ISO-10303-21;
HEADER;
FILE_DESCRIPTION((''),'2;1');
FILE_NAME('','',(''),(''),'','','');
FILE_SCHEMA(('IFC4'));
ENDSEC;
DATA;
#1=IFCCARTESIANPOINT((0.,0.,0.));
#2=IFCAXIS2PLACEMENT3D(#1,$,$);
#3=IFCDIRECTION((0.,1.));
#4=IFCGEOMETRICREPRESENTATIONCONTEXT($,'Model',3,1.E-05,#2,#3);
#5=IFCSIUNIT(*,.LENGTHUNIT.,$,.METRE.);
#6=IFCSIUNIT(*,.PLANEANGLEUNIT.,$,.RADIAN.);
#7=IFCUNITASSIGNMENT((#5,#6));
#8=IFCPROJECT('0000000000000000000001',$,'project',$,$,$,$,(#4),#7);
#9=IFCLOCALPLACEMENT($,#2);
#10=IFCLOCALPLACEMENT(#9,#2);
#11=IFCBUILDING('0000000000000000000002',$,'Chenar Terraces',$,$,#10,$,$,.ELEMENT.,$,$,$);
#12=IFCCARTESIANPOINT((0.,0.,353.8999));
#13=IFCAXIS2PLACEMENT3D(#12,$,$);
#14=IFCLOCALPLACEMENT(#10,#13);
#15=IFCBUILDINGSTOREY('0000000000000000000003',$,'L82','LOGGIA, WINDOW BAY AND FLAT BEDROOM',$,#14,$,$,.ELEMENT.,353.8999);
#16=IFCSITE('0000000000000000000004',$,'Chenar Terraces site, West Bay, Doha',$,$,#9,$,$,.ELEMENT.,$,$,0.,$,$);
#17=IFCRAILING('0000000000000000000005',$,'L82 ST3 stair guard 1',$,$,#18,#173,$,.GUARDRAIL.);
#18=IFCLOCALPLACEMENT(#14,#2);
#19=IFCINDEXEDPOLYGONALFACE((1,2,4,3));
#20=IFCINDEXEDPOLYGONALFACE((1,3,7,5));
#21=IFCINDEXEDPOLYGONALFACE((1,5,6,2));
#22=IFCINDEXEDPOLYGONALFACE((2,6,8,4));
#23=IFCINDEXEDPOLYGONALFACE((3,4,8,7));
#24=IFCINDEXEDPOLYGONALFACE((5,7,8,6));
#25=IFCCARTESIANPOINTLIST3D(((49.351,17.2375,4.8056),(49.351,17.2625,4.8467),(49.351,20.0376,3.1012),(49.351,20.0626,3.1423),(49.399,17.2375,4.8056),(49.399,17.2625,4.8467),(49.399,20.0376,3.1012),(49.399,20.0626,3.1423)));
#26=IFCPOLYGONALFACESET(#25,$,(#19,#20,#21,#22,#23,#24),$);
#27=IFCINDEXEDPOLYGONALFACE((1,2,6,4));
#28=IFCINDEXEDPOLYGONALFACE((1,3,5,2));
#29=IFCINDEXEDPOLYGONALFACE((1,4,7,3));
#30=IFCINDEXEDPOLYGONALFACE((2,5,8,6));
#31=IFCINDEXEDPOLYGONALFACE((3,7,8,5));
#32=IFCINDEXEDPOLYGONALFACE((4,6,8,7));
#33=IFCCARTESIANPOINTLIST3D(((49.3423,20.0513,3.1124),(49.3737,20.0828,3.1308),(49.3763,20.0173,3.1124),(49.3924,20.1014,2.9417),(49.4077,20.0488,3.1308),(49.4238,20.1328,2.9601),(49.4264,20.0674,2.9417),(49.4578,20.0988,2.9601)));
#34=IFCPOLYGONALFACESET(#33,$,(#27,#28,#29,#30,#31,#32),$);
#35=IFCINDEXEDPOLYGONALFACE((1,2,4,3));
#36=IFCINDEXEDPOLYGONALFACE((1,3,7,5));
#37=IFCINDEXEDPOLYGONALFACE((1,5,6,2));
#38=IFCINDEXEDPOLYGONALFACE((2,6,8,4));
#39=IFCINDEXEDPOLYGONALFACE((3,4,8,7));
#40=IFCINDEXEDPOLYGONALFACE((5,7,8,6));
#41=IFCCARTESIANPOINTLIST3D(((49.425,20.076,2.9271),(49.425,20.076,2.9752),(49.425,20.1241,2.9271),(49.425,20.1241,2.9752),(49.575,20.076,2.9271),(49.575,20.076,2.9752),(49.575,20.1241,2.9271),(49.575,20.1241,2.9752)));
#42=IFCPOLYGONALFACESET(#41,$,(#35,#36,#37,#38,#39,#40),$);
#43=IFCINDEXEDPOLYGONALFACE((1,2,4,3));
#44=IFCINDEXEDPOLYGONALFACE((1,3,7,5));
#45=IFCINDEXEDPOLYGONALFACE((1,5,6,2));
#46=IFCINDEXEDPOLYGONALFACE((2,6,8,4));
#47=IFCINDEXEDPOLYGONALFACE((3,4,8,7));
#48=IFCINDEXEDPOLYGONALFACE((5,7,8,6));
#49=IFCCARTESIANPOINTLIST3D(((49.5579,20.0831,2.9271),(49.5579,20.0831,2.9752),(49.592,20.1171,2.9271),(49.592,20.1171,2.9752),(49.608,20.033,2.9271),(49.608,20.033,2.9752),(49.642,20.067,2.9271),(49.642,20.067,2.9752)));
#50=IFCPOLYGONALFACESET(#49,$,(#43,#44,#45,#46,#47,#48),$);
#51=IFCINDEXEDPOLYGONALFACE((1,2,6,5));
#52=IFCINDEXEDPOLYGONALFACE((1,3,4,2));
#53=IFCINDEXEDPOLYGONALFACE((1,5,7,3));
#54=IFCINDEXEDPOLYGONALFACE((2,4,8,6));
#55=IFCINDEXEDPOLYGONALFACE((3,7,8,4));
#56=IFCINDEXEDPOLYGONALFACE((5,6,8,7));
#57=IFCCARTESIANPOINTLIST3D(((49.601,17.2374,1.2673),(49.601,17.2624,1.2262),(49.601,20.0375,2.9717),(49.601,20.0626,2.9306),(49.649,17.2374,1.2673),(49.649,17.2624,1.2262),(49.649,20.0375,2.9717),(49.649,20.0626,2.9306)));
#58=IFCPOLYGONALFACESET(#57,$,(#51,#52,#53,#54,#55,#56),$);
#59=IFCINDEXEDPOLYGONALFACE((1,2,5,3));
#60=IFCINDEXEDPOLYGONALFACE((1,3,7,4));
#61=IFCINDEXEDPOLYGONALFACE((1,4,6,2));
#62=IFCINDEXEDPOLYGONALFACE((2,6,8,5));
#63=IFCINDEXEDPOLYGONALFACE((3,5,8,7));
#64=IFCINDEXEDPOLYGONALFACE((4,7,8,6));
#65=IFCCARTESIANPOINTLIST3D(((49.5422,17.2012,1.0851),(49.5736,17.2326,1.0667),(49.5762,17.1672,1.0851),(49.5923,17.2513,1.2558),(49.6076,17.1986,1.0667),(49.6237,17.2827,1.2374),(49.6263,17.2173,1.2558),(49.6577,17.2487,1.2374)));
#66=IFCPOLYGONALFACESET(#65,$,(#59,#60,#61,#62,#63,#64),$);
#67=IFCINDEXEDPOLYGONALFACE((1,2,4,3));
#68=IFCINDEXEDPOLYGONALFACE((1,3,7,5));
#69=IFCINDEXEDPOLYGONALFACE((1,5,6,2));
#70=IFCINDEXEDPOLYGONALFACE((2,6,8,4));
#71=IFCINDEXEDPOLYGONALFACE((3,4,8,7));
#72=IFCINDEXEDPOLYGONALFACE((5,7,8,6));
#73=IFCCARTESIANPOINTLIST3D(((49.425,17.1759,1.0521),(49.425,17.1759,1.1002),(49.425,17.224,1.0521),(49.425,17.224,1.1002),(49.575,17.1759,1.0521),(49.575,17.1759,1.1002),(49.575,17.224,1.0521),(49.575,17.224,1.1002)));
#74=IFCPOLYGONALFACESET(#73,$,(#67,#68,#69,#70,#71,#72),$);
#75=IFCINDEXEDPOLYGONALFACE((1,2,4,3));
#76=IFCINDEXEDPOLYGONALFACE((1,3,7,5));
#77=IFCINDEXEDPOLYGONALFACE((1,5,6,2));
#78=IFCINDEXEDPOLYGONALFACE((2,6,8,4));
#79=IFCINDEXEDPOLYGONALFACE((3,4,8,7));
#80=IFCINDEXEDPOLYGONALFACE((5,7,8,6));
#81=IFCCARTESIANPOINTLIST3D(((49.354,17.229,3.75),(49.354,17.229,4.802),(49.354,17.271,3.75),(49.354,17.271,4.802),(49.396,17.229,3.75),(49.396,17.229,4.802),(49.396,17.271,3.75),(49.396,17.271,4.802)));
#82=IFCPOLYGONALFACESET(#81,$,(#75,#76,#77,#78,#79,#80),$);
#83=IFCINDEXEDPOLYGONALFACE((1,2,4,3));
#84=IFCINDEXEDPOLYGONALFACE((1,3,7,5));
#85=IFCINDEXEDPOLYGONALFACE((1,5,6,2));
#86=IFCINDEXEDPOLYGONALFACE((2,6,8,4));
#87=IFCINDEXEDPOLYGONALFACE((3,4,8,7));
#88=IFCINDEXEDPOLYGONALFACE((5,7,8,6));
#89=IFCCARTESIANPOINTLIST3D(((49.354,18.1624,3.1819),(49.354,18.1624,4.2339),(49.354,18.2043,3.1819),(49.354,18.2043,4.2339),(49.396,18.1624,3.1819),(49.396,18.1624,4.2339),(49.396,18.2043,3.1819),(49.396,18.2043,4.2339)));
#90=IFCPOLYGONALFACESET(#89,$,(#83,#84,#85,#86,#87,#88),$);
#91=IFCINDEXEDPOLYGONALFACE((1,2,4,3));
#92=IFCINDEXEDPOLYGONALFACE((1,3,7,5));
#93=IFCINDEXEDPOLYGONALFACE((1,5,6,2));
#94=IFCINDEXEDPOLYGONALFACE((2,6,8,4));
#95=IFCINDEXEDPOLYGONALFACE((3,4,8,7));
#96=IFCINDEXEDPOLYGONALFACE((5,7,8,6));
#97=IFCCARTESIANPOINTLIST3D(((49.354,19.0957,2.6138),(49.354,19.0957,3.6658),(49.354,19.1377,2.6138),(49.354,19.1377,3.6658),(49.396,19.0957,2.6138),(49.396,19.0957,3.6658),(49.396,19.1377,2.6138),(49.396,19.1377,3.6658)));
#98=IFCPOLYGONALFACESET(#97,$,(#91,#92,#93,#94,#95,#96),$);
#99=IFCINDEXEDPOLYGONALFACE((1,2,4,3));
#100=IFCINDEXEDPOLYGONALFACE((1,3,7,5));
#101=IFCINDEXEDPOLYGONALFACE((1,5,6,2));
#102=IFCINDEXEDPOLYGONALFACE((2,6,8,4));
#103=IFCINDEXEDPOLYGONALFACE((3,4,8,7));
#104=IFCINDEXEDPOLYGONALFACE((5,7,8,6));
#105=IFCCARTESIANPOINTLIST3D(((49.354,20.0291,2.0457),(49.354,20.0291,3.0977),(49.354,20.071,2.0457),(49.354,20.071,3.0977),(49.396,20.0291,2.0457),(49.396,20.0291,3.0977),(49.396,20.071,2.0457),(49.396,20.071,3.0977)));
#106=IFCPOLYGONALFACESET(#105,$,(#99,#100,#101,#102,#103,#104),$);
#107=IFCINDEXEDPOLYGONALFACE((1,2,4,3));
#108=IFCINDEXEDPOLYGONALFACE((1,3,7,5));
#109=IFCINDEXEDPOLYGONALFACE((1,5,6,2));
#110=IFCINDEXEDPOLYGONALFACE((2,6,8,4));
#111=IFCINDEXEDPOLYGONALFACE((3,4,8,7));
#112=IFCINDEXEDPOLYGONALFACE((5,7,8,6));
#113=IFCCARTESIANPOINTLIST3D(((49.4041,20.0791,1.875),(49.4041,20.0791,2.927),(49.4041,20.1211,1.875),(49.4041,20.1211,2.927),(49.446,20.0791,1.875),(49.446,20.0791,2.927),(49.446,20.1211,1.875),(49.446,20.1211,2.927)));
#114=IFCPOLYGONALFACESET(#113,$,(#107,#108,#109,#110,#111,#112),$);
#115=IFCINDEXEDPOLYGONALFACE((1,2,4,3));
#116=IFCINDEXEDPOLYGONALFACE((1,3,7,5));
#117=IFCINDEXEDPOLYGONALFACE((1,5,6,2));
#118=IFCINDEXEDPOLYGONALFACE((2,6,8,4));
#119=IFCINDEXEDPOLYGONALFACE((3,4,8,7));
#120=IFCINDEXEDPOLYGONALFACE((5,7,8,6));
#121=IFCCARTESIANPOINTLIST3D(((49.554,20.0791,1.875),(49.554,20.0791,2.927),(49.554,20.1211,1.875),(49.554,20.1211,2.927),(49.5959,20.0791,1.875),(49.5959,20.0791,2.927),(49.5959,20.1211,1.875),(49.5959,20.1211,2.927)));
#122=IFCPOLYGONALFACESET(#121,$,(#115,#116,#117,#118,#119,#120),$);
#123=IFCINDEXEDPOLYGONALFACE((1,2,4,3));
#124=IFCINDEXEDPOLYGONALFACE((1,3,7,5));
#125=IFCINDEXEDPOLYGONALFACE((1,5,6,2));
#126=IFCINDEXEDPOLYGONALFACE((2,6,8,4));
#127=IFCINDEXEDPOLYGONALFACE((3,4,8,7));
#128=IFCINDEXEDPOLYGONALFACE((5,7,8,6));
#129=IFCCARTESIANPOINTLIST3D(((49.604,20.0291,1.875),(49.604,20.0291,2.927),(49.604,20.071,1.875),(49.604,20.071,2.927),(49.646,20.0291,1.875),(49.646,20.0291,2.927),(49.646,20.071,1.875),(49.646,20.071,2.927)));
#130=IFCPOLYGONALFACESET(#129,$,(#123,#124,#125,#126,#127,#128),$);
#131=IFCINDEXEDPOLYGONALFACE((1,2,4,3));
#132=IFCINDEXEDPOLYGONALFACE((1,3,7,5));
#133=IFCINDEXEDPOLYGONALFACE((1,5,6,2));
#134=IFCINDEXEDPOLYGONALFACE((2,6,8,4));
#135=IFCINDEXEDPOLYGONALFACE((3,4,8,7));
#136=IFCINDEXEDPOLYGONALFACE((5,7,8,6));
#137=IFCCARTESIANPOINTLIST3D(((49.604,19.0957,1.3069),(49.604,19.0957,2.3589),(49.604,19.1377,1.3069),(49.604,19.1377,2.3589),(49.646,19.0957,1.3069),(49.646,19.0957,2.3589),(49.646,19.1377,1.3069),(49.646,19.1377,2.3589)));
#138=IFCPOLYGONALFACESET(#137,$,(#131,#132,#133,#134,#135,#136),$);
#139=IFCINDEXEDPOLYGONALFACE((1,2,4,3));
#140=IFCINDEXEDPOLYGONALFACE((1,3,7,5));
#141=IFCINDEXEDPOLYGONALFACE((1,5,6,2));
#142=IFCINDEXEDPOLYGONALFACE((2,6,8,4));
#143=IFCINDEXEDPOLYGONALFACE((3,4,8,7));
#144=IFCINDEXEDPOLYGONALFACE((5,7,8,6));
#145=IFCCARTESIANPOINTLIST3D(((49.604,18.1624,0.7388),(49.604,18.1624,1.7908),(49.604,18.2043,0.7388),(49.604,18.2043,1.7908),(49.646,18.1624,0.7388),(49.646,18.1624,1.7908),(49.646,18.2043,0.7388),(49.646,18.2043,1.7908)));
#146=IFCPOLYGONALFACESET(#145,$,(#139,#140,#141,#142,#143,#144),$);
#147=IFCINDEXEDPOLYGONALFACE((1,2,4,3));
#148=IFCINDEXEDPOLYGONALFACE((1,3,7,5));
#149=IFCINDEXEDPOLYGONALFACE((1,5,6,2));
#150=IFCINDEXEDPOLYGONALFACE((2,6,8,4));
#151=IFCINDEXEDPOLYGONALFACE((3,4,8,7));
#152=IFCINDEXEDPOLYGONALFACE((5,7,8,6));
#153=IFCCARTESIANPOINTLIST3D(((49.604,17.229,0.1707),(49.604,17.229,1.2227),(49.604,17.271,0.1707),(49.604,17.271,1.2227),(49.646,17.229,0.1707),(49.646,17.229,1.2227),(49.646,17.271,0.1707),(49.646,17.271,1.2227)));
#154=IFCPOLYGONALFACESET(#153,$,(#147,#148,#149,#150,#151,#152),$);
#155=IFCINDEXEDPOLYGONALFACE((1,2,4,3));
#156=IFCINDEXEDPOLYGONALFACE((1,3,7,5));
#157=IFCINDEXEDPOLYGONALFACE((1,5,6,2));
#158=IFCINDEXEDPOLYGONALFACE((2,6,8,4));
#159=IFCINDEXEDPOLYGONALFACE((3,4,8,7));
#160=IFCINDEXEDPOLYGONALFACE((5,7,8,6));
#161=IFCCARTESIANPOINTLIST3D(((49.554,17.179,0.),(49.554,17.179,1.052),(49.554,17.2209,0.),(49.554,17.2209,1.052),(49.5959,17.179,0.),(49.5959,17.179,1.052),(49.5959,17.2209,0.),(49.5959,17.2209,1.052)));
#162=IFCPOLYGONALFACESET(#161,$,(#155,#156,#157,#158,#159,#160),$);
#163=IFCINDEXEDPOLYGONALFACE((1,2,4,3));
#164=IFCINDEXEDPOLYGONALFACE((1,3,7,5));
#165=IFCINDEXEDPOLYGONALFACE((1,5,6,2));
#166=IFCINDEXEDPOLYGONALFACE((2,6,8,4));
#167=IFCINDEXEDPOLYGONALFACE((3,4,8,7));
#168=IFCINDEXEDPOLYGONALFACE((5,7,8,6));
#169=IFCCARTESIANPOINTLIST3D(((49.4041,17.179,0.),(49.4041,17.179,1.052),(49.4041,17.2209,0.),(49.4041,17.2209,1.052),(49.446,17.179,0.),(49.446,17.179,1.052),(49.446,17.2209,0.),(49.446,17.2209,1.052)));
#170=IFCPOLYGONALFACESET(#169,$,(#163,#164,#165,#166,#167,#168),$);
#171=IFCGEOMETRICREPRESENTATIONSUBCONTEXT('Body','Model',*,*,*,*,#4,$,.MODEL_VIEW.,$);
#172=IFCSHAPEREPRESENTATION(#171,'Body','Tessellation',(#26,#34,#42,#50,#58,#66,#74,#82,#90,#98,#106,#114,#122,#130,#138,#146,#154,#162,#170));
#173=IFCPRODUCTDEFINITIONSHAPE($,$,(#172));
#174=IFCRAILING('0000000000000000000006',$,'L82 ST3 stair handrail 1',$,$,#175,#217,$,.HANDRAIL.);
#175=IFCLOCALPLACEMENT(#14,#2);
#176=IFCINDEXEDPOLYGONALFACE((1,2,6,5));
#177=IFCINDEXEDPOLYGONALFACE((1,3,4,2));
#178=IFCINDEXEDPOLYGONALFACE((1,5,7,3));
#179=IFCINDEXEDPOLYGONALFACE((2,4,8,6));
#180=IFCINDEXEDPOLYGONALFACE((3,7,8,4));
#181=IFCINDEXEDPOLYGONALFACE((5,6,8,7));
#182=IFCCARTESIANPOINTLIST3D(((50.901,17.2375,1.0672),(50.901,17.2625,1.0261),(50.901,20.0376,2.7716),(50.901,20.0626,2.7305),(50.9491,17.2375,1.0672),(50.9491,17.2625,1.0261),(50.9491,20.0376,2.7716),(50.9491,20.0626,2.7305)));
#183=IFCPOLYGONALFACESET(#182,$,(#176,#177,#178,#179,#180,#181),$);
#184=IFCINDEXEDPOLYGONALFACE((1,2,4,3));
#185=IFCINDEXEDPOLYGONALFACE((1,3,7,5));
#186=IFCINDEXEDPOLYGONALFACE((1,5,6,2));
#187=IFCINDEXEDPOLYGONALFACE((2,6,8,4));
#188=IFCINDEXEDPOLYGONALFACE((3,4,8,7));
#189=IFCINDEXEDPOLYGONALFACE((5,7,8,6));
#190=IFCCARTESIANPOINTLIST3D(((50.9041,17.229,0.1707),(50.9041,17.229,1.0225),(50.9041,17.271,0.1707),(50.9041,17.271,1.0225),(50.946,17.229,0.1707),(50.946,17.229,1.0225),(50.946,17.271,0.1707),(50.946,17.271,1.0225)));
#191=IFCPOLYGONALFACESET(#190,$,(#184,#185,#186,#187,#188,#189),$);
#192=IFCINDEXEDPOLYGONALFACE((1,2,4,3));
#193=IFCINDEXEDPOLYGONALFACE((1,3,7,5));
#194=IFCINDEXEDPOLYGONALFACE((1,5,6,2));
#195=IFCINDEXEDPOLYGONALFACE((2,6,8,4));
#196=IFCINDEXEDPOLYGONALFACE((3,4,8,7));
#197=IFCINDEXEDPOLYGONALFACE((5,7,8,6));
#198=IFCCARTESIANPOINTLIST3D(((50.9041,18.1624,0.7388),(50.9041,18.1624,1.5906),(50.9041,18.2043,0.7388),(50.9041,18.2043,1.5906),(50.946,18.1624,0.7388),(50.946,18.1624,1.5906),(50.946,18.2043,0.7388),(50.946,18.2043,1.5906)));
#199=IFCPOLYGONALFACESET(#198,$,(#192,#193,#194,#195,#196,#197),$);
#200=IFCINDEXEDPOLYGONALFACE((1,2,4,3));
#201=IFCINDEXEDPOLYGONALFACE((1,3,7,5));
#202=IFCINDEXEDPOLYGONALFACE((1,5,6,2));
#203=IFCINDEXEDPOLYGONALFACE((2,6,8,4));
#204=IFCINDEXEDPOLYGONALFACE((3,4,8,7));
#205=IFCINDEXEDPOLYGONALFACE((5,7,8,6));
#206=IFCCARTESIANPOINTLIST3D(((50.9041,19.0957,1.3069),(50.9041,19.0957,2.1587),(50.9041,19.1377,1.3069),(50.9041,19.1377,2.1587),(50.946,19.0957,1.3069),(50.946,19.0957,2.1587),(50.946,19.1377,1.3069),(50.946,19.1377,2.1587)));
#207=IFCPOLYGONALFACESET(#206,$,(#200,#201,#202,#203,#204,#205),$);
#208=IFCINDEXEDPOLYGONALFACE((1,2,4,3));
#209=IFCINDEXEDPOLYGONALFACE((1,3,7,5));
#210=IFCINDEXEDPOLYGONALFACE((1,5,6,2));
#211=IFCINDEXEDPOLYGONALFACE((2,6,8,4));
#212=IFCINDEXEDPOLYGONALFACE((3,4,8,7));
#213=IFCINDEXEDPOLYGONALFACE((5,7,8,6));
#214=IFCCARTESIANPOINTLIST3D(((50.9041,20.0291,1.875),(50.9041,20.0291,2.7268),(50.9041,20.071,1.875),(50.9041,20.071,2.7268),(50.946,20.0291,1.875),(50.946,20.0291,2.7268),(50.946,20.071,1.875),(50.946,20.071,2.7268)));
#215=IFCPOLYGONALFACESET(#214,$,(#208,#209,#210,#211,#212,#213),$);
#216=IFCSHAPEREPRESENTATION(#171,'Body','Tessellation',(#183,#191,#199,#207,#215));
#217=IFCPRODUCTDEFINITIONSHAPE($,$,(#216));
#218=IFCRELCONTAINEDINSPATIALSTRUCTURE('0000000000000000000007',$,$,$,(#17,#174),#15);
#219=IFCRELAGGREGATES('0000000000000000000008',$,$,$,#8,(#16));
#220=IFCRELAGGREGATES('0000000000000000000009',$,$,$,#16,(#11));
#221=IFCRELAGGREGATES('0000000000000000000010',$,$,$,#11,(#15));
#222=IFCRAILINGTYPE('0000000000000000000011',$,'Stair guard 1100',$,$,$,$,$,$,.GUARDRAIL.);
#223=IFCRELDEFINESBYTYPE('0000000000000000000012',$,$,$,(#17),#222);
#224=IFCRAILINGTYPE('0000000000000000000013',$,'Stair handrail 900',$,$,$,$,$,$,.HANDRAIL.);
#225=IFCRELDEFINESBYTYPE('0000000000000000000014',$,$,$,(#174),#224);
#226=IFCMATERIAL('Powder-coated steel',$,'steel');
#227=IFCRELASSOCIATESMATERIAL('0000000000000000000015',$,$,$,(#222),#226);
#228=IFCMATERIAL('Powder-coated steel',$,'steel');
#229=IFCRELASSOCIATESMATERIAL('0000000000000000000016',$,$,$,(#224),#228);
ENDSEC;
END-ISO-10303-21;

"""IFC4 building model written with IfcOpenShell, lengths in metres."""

from ifc_helpers import new_model, si_unit, direction, frame, origin, origin_2d, place, context, subcontext, project, spatial, rectangle, extrude, material, type_object, element, save


model = new_model("IFC4")

# Units and contexts
model_context = context("Model", 3, precision=1e-05, world=origin(), true_north=direction((0.0, 1.0)))
body_context = subcontext(model_context, "Body", "Model", "MODEL_VIEW")
ifc_project = project(units=[si_unit("LENGTHUNIT", "METRE"), si_unit("PLANEANGLEUNIT", "RADIAN")], contexts=[model_context])

# Site, building, storey
site_placement = place(None, origin())
site = spatial("IfcSite", under=ifc_project, at=site_placement, Name="Chenar Terraces site, West Bay, Doha", CompositionType="ELEMENT", RefElevation=0.0)
building_placement = place(site_placement, origin())
building = spatial("IfcBuilding", under=site, at=building_placement, Name="Chenar Terraces", CompositionType="ELEMENT")
storey_placement = place(building_placement, frame((0.0, 0.0, 353.8999)))
storey = spatial("IfcBuildingStorey", under=building, at=storey_placement, Name="L82", Description="LOGGIA, WINDOW BAY AND FLAT BEDROOM", CompositionType="ELEMENT", Elevation=353.8999)

# Railings
ifc_material_1 = material(Name="Powder-coated steel", Category="steel")
railing_type_1 = type_object("IfcRailingType", Name="Stair guard 1100", PredefinedType="GUARDRAIL", material=ifc_material_1)
railing_1_placement = place(storey_placement, frame((49.375, 17.25, 3.75)))
element("IfcRailing", 1, at=railing_1_placement, inside=storey, type_object=railing_type_1, Name="L82 ST3 stair guard 1", PredefinedType="GUARDRAIL", context=body_context, shape_type="SweptSolid", body=[
    extrude(rectangle(XDim=0.0481, YDim=0.0481, at=origin_2d()), frame((0.0, 0.0, 1.0762), z_axis=(0.0, 0.854203, -0.51994), x_axis=(-1.0, 0.0, 0.0)), (0.0, 0.0, 1.0), 3.2781),
    extrude(rectangle(XDim=0.0481, YDim=0.0481, at=origin_2d()), frame((0.0, 2.8, -0.6284), z_axis=(0.2709, 0.2709, -0.923703), x_axis=(-0.707107, 0.707107, 0.0)), (0.0, 0.0, 1.0), 0.1848),
    extrude(rectangle(XDim=0.0481, YDim=0.0481, at=origin_2d()), frame((0.05, 2.8501, -0.7988), z_axis=(1.0, 0.0, 0.0), x_axis=(0.0, 1.0, 0.0)), (0.0, 0.0, 1.0), 0.1499),
    extrude(rectangle(XDim=0.0481, YDim=0.0481, at=origin_2d()), frame((0.2, 2.8501, -0.7988), z_axis=(0.707107, -0.707107, 0.0), x_axis=(0.707107, 0.707107, 0.0)), (0.0, 0.0, 1.0), 0.0708),
    extrude(rectangle(XDim=0.0481, YDim=0.0481, at=origin_2d()), frame((0.25, 2.8, -0.7988), z_axis=(0.0, -0.854203, -0.51994), x_axis=(1.0, 0.0, 0.0)), (0.0, 0.0, 1.0), 3.2781),
    extrude(rectangle(XDim=0.0481, YDim=0.0481, at=origin_2d()), frame((0.25, 0.0, -2.5034), z_axis=(-0.2709, -0.2709, -0.923703), x_axis=(0.707107, -0.707107, 0.0)), (0.0, 0.0, 1.0), 0.1848),
    extrude(rectangle(XDim=0.0481, YDim=0.0481, at=origin_2d()), frame((0.2, -0.05, -2.6738), z_axis=(-1.0, 0.0, 0.0), x_axis=(0.0, -1.0, 0.0)), (0.0, 0.0, 1.0), 0.1499),
    extrude(rectangle(XDim=0.042, YDim=0.042, at=origin_2d()), origin(), (0.0, 0.0, 1.0), 1.052),
    extrude(rectangle(XDim=0.042, YDim=0.042, at=origin_2d()), frame((0.0, 0.9333, -0.5681)), (0.0, 0.0, 1.0), 1.052),
    extrude(rectangle(XDim=0.042, YDim=0.042, at=origin_2d()), frame((0.0, 1.8667, -1.1362)), (0.0, 0.0, 1.0), 1.052),
    extrude(rectangle(XDim=0.042, YDim=0.042, at=origin_2d()), frame((0.0, 2.8, -1.7043)), (0.0, 0.0, 1.0), 1.052),
    extrude(rectangle(XDim=0.042, YDim=0.042, at=origin_2d()), frame((0.05, 2.8501, -1.875)), (0.0, 0.0, 1.0), 1.052),
    extrude(rectangle(XDim=0.042, YDim=0.042, at=origin_2d()), frame((0.2, 2.8501, -1.875)), (0.0, 0.0, 1.0), 1.052),
    extrude(rectangle(XDim=0.042, YDim=0.042, at=origin_2d()), frame((0.25, 2.8, -1.875)), (0.0, 0.0, 1.0), 1.052),
    extrude(rectangle(XDim=0.042, YDim=0.042, at=origin_2d()), frame((0.25, 1.8667, -2.4431)), (0.0, 0.0, 1.0), 1.052),
    extrude(rectangle(XDim=0.042, YDim=0.042, at=origin_2d()), frame((0.25, 0.9333, -3.0112)), (0.0, 0.0, 1.0), 1.052),
    extrude(rectangle(XDim=0.042, YDim=0.042, at=origin_2d()), frame((0.25, 0.0, -3.5793)), (0.0, 0.0, 1.0), 1.052),
    extrude(rectangle(XDim=0.042, YDim=0.042, at=origin_2d()), frame((0.2, -0.05, -3.75)), (0.0, 0.0, 1.0), 1.052),
    extrude(rectangle(XDim=0.042, YDim=0.042, at=origin_2d()), frame((0.05, -0.05, -3.75)), (0.0, 0.0, 1.0), 1.052),
])
ifc_material_2 = material(Name="Powder-coated steel", Category="steel")
railing_type_2 = type_object("IfcRailingType", Name="Stair handrail 900", PredefinedType="HANDRAIL", material=ifc_material_2)
railing_2_placement = place(storey_placement, frame((50.925, 17.25, 0.1707)))
element("IfcRailing", 2, at=railing_2_placement, inside=storey, type_object=railing_type_2, Name="L82 ST3 stair handrail 1", PredefinedType="HANDRAIL", context=body_context, shape_type="SweptSolid", body=[
    extrude(rectangle(XDim=0.0481, YDim=0.0481, at=origin_2d()), frame((0.0, 0.0, 0.876), z_axis=(0.0, 0.854203, 0.51994), x_axis=(-1.0, 0.0, 0.0)), (0.0, 0.0, 1.0), 3.2781),
    extrude(rectangle(XDim=0.042, YDim=0.042, at=origin_2d()), origin(), (0.0, 0.0, 1.0), 0.8518),
    extrude(rectangle(XDim=0.042, YDim=0.042, at=origin_2d()), frame((0.0, 0.9333, 0.5681)), (0.0, 0.0, 1.0), 0.8518),
    extrude(rectangle(XDim=0.042, YDim=0.042, at=origin_2d()), frame((0.0, 1.8667, 1.1362)), (0.0, 0.0, 1.0), 0.8518),
    extrude(rectangle(XDim=0.042, YDim=0.042, at=origin_2d()), frame((0.0, 2.8, 1.7043)), (0.0, 0.0, 1.0), 0.8518),
])

save(model, "model.ifc")
